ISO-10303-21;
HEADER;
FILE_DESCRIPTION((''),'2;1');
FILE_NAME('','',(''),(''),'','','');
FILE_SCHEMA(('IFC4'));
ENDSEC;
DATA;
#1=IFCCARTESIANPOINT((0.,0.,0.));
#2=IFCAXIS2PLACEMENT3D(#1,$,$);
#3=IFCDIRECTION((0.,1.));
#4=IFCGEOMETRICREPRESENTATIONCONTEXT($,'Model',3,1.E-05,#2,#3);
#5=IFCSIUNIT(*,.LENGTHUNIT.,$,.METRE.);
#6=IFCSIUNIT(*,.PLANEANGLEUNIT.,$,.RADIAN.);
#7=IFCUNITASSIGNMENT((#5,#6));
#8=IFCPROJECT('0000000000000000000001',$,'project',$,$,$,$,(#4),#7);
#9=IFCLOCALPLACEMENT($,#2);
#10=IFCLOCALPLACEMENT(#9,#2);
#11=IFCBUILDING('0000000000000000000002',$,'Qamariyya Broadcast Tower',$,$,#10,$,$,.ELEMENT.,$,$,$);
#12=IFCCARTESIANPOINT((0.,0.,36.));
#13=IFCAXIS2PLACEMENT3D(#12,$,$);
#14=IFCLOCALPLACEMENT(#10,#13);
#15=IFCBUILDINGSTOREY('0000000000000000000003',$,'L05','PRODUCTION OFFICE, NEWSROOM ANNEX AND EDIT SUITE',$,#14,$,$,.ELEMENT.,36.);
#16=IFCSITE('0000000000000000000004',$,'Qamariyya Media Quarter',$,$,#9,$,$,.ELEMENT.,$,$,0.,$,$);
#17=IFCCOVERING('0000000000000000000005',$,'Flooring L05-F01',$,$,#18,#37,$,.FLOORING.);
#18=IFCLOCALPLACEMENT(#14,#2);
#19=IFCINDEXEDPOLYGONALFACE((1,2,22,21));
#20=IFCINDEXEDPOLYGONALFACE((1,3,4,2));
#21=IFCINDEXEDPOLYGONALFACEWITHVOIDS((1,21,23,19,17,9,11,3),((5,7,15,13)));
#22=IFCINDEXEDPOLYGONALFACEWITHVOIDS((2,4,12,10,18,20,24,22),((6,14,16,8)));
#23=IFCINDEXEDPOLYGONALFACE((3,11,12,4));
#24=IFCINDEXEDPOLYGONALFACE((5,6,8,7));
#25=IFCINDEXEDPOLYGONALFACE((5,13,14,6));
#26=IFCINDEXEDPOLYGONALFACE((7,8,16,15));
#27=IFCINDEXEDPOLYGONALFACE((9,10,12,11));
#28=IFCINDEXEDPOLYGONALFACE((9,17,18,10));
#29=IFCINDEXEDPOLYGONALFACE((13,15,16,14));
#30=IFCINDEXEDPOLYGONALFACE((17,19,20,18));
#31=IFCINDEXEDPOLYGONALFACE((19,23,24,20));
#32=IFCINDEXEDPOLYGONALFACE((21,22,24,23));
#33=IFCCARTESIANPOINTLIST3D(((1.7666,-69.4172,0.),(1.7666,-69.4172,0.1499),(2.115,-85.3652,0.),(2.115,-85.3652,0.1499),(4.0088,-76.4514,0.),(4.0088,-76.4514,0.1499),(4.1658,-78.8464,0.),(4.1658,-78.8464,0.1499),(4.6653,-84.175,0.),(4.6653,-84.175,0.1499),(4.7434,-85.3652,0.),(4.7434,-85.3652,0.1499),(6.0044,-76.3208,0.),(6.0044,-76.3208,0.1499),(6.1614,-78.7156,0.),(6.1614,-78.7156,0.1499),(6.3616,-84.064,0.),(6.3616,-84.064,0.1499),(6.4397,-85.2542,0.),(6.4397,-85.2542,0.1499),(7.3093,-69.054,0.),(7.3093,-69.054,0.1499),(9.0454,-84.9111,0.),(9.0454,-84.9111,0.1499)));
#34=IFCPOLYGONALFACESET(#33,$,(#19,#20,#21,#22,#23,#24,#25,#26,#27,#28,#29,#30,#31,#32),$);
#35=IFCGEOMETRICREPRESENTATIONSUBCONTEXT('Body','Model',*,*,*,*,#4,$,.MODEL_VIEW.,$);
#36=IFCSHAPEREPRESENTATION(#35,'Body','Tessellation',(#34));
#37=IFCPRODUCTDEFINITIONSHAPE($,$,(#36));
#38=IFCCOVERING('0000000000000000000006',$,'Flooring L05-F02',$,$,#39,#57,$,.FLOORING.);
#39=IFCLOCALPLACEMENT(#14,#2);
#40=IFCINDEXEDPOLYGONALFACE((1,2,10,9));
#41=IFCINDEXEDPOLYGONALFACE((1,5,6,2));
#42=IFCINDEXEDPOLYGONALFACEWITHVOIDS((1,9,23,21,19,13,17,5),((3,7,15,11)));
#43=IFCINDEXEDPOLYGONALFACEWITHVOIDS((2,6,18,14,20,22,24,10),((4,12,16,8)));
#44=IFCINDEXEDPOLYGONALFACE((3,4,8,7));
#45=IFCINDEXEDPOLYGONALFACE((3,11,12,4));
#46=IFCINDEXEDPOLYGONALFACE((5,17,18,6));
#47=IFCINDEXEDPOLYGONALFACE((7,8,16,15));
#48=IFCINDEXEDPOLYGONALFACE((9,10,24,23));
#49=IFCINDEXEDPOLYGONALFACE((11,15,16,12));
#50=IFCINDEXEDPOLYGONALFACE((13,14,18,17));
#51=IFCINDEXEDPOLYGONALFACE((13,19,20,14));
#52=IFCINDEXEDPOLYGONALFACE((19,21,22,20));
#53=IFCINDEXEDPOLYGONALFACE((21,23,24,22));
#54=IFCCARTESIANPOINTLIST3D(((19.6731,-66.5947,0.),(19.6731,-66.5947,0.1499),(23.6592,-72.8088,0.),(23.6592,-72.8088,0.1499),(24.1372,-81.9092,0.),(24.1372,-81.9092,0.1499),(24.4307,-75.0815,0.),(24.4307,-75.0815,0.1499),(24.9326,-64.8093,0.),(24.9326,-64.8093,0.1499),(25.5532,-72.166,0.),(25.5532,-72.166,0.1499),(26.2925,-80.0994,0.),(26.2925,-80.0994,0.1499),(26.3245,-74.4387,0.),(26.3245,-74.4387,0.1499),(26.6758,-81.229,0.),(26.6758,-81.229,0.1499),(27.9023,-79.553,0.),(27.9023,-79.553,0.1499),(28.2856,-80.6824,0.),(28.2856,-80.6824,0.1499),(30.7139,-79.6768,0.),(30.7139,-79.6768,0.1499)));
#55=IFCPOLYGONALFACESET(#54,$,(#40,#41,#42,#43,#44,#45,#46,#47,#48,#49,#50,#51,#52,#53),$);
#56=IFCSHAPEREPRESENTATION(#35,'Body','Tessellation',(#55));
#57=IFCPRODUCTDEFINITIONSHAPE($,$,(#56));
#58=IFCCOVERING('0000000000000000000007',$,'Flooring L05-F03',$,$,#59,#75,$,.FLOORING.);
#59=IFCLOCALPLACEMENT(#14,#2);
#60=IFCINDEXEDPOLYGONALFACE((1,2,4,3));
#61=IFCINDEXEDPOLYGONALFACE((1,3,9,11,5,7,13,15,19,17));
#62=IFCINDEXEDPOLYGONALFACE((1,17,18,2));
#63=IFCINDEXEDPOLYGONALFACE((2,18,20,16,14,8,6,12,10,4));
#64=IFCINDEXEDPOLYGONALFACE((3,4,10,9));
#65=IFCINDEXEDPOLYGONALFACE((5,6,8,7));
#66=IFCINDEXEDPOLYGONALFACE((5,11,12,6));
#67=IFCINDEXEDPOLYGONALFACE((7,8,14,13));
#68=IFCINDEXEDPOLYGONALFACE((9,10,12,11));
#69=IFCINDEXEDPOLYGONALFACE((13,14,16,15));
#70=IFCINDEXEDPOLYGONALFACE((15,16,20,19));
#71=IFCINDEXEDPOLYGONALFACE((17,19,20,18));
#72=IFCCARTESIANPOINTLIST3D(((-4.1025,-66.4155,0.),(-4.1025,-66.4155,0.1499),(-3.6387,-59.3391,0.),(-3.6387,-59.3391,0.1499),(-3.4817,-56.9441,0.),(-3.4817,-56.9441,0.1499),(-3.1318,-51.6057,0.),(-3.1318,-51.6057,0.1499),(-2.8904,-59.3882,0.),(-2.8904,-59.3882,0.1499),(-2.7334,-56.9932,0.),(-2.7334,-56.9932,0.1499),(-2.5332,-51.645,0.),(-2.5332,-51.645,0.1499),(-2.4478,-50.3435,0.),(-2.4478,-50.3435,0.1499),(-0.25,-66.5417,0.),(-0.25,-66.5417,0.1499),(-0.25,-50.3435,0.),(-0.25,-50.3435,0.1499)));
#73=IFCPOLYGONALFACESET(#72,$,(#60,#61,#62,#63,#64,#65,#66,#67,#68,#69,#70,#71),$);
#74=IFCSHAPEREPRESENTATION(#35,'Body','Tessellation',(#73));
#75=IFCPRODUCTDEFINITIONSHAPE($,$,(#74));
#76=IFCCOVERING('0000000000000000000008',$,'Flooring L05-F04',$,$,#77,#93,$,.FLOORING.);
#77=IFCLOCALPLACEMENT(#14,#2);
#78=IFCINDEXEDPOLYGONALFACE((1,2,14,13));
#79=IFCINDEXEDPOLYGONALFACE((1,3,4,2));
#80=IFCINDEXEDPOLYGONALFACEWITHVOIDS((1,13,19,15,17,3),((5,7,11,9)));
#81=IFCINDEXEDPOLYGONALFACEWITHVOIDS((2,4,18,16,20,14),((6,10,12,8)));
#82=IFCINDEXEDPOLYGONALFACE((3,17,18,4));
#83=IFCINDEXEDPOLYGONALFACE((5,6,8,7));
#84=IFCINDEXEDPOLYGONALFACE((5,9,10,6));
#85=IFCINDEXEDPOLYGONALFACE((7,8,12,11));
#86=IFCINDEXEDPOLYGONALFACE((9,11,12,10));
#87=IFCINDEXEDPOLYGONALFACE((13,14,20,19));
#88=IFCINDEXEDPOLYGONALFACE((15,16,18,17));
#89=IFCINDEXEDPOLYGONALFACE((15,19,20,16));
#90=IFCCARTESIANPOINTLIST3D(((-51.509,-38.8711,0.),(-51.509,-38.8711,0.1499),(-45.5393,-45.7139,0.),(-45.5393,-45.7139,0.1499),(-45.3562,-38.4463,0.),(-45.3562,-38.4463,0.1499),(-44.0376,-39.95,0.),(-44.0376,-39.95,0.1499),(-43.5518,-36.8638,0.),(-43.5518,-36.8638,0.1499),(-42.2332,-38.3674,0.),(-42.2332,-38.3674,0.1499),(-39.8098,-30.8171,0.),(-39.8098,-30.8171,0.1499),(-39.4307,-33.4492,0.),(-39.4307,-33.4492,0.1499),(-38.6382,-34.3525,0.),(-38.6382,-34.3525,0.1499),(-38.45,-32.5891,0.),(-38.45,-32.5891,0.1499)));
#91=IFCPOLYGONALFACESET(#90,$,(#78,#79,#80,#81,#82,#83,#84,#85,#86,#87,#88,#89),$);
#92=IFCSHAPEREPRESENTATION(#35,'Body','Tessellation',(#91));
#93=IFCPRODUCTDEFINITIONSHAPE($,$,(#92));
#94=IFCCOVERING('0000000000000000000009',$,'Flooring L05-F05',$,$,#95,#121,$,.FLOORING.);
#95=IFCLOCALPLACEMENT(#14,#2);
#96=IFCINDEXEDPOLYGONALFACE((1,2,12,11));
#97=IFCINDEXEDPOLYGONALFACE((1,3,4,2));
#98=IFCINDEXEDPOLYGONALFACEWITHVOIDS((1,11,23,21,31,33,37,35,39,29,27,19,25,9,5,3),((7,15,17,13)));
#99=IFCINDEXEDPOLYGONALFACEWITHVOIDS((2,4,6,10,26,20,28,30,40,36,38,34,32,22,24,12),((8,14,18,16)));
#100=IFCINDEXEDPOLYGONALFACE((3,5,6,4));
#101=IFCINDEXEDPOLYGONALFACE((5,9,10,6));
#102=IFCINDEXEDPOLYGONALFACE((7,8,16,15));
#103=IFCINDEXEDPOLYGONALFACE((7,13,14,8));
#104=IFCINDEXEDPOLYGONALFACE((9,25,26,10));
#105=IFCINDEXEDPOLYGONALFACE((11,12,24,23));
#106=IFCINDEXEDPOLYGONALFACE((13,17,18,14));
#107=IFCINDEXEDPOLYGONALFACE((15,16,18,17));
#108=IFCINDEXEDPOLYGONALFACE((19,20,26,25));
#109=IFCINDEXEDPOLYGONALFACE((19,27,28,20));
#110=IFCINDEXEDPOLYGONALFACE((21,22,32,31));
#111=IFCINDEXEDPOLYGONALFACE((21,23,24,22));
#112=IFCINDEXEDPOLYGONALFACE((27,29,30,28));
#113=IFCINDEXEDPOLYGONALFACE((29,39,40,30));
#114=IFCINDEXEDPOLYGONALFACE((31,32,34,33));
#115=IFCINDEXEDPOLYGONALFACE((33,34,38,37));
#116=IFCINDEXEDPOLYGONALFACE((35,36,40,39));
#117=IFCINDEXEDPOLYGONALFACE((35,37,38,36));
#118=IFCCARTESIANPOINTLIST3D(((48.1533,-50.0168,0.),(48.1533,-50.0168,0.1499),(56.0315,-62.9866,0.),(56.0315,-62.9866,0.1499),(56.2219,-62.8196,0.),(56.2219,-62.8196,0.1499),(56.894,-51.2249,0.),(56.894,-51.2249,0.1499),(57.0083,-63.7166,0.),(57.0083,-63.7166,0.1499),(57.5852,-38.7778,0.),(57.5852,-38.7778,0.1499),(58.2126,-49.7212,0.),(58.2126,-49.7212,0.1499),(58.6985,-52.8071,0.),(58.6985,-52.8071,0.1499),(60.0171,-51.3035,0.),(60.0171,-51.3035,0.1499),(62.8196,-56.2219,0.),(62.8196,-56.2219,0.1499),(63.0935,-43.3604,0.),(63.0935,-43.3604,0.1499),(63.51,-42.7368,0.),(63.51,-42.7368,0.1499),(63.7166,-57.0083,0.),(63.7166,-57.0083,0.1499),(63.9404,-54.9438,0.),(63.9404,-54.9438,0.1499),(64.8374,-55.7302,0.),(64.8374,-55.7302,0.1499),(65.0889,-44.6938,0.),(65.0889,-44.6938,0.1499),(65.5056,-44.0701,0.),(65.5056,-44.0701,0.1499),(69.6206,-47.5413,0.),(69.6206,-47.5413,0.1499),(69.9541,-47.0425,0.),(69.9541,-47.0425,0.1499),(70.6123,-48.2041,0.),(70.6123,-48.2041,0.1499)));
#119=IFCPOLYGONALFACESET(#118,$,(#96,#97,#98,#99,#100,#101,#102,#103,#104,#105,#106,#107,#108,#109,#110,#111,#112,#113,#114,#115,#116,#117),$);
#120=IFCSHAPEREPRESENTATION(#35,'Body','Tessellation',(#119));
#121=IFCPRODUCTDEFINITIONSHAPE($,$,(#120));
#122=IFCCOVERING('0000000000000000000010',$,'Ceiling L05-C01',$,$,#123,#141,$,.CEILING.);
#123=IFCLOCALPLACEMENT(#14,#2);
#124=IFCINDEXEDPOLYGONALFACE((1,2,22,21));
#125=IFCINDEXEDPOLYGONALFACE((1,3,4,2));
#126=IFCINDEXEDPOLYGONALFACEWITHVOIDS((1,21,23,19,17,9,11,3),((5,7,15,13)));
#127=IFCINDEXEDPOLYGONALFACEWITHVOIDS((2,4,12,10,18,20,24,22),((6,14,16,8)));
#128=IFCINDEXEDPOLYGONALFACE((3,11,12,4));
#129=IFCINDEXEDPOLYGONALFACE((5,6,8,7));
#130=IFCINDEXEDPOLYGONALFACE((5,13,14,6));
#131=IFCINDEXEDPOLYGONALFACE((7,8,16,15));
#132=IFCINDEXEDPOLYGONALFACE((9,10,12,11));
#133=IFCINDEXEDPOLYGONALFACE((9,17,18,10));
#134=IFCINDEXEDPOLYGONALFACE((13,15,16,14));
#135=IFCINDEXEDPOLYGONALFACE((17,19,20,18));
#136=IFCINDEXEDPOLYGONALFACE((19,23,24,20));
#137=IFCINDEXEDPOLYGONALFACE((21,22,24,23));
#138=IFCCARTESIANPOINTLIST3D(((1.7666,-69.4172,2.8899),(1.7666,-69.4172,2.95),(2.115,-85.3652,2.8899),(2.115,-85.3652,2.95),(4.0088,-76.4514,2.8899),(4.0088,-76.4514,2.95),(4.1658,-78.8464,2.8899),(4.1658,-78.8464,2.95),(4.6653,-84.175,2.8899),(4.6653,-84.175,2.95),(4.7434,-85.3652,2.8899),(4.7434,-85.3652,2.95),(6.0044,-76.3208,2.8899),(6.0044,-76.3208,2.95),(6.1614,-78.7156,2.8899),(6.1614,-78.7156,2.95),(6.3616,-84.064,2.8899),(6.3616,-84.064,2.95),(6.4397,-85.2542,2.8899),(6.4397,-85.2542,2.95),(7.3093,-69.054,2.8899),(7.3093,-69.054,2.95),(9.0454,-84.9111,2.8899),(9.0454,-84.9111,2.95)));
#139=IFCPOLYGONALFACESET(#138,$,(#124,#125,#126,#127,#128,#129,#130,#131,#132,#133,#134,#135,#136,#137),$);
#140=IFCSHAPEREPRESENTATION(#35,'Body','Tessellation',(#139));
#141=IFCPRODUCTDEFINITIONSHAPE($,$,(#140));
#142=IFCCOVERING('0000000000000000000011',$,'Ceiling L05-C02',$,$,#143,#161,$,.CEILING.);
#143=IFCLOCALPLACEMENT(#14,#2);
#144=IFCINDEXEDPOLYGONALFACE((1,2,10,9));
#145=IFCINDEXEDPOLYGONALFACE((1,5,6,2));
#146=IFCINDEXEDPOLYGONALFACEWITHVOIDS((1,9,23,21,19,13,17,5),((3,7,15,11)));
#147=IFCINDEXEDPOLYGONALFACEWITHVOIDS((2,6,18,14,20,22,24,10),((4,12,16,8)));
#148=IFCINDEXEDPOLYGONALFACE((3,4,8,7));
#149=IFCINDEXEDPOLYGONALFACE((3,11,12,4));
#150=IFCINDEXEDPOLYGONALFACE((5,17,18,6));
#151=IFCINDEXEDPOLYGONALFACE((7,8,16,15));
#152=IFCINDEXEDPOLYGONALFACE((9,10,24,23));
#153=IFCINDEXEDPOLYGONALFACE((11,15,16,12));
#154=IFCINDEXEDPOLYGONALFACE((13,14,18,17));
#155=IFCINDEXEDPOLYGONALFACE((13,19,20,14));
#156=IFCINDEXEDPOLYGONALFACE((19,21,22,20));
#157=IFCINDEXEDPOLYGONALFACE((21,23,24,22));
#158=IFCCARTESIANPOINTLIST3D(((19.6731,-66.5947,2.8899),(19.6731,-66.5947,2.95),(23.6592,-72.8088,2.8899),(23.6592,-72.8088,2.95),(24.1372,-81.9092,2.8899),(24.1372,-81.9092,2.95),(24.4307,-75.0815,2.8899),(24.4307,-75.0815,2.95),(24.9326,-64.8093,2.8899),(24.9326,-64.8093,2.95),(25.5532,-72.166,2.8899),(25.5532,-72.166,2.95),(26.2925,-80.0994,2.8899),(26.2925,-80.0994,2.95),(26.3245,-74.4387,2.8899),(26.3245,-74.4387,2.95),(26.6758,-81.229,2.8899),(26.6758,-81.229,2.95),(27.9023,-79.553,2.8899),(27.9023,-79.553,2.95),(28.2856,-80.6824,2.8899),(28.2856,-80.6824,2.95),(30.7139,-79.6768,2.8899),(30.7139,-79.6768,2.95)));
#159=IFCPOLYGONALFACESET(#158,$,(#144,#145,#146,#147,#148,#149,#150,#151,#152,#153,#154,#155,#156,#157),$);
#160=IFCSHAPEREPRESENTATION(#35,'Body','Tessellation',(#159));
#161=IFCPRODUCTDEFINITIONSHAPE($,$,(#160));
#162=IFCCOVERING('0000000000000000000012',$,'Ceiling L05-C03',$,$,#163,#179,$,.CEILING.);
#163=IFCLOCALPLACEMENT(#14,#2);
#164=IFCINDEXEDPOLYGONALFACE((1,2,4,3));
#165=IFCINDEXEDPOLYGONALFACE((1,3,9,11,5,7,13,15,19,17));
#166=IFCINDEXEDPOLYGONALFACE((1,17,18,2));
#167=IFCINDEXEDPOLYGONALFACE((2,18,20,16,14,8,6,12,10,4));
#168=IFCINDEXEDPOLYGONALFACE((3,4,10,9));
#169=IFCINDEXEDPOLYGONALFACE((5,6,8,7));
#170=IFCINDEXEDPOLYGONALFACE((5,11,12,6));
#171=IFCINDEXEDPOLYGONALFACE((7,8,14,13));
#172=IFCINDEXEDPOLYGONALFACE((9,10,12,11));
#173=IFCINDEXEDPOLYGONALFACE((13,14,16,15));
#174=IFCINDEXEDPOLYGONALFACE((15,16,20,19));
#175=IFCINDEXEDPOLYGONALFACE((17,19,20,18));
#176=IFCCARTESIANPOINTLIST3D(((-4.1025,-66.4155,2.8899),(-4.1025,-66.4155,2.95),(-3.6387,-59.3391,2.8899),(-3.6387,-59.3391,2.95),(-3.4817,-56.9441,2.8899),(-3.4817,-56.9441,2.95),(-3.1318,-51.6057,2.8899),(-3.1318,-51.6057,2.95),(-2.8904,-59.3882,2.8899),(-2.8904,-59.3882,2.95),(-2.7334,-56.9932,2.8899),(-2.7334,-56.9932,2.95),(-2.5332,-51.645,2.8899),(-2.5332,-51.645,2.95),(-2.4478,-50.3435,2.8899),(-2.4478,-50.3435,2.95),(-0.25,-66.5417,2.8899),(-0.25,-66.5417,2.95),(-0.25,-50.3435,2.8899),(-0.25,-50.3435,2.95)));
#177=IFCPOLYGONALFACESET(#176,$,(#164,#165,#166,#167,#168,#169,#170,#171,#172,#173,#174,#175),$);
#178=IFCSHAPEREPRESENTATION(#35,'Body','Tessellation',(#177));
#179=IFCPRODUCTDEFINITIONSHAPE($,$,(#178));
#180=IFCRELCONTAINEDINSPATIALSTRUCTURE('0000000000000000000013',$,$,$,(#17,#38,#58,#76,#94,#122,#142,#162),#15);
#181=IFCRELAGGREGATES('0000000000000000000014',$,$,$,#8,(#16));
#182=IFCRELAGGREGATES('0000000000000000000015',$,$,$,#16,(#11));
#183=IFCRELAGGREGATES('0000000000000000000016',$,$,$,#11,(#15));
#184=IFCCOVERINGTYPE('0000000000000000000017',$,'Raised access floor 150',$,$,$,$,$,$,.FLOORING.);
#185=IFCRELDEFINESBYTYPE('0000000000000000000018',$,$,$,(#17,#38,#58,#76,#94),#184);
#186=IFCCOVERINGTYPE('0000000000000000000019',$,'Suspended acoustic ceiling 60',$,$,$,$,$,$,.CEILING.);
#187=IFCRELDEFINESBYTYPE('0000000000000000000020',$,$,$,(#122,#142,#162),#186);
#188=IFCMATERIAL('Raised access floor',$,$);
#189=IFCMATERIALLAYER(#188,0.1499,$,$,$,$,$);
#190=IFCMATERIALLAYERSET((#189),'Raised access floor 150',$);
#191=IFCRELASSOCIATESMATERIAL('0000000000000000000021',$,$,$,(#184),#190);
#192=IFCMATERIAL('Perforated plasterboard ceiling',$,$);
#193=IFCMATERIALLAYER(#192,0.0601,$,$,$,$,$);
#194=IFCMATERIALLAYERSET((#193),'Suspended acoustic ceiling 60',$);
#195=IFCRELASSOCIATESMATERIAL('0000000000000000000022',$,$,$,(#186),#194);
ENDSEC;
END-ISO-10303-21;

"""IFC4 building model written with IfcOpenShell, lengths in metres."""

from ifc_helpers import new_model, si_unit, direction, frame, origin, place, context, subcontext, project, spatial, polyline, outline, extrude, material, layer, layer_set, type_object, element, save


model = new_model("IFC4")

# Units and contexts
model_context = context("Model", 3, precision=1e-05, world=origin(), true_north=direction((0.0, 1.0)))
body_context = subcontext(model_context, "Body", "Model", "MODEL_VIEW")
ifc_project = project(units=[si_unit("LENGTHUNIT", "METRE"), si_unit("PLANEANGLEUNIT", "RADIAN")], contexts=[model_context])

# Site, building, storey
site_placement = place(None, origin())
site = spatial("IfcSite", under=ifc_project, at=site_placement, Name="Qamariyya Media Quarter", CompositionType="ELEMENT", RefElevation=0.0)
building_placement = place(site_placement, origin())
building = spatial("IfcBuilding", under=site, at=building_placement, Name="Qamariyya Broadcast Tower", CompositionType="ELEMENT")
storey_placement = place(building_placement, frame((0.0, 0.0, 36.0)))
storey = spatial("IfcBuildingStorey", under=building, at=storey_placement, Name="L05", Description="PRODUCTION OFFICE, NEWSROOM ANNEX AND EDIT SUITE", CompositionType="ELEMENT", Elevation=36.0)

# Coverings
ifc_material_1 = material(Name="Raised access floor")
ifc_layer_1 = layer(ifc_material_1, 0.1499)
ifc_layer_set_1 = layer_set([ifc_layer_1], Name="Raised access floor 150")
covering_type_1 = type_object("IfcCoveringType", Name="Raised access floor 150", PredefinedType="FLOORING", material=ifc_layer_set_1)
covering_1_placement = place(storey_placement, origin())
element("IfcCovering", 1, at=covering_1_placement, inside=storey, type_object=covering_type_1, Name="Flooring L05-F01", PredefinedType="FLOORING", context=body_context, shape_type="SweptSolid", body=[
    extrude(outline(polyline([(9.0454, -84.9111), (6.4397, -85.2542), (6.3616, -84.064), (4.6653, -84.175), (4.7434, -85.3652), (2.115, -85.3652), (1.7666, -69.4172), (7.3093, -69.054), (9.0454, -84.9111)]), holes=[polyline([(4.1658, -78.8464), (6.1614, -78.7156), (6.0044, -76.3208), (4.0088, -76.4514), (4.1658, -78.8464)])]), origin(), (0.0, 0.0, 1.0), 0.1499),
])
covering_2_placement = place(storey_placement, origin())
element("IfcCovering", 2, at=covering_2_placement, inside=storey, type_object=covering_type_1, Name="Flooring L05-F02", PredefinedType="FLOORING", context=body_context, shape_type="SweptSolid", body=[
    extrude(outline(polyline([(30.7139, -79.6768), (28.2856, -80.6824), (27.9023, -79.553), (26.2925, -80.0994), (26.6758, -81.229), (24.1372, -81.9092), (19.6731, -66.5947), (24.9326, -64.8093), (30.7139, -79.6768)]), holes=[polyline([(24.4307, -75.0815), (26.3245, -74.4387), (25.5532, -72.166), (23.6592, -72.8088), (24.4307, -75.0815)])]), origin(), (0.0, 0.0, 1.0), 0.1499),
])
covering_3_placement = place(storey_placement, origin())
element("IfcCovering", 3, at=covering_3_placement, inside=storey, type_object=covering_type_1, Name="Flooring L05-F03", PredefinedType="FLOORING", context=body_context, shape_type="SweptSolid", body=[
    extrude(outline(polyline([(-3.6387, -59.3391), (-2.8904, -59.3882), (-2.7334, -56.9932), (-3.4817, -56.9441), (-3.1318, -51.6057), (-2.5332, -51.645), (-2.4478, -50.3435), (-0.25, -50.3435), (-0.25, -66.5417), (-4.1025, -66.4155), (-3.6387, -59.3391)])), origin(), (0.0, 0.0, 1.0), 0.1499),
])
covering_4_placement = place(storey_placement, origin())
element("IfcCovering", 4, at=covering_4_placement, inside=storey, type_object=covering_type_1, Name="Flooring L05-F04", PredefinedType="FLOORING", context=body_context, shape_type="SweptSolid", body=[
    extrude(outline(polyline([(-51.509, -38.8711), (-39.8098, -30.8171), (-38.45, -32.5891), (-39.4307, -33.4492), (-38.6382, -34.3525), (-45.5393, -45.7139), (-51.509, -38.8711)]), holes=[polyline([(-43.5518, -36.8638), (-45.3562, -38.4463), (-44.0376, -39.95), (-42.2332, -38.3674), (-43.5518, -36.8638)])]), origin(), (0.0, 0.0, 1.0), 0.1499),
])
covering_5_placement = place(storey_placement, origin())
element("IfcCovering", 5, at=covering_5_placement, inside=storey, type_object=covering_type_1, Name="Flooring L05-F05", PredefinedType="FLOORING", context=body_context, shape_type="SweptSolid", body=[
    extrude(outline(polyline([(57.5852, -38.7778), (63.51, -42.7368), (63.0935, -43.3604), (65.0889, -44.6938), (65.5056, -44.0701), (69.9541, -47.0425), (69.6206, -47.5413), (70.6123, -48.2041), (64.8374, -55.7302), (63.9404, -54.9438), (62.8196, -56.2219), (63.7166, -57.0083), (57.0083, -63.7166), (56.2219, -62.8196), (56.0315, -62.9866), (48.1533, -50.0168), (57.5852, -38.7778)]), holes=[polyline([(58.6985, -52.8071), (60.0171, -51.3035), (58.2126, -49.7212), (56.894, -51.2249), (58.6985, -52.8071)])]), origin(), (0.0, 0.0, 1.0), 0.1499),
])
ifc_material_2 = material(Name="Perforated plasterboard ceiling")
ifc_layer_2 = layer(ifc_material_2, 0.0601)
ifc_layer_set_2 = layer_set([ifc_layer_2], Name="Suspended acoustic ceiling 60")
covering_type_2 = type_object("IfcCoveringType", Name="Suspended acoustic ceiling 60", PredefinedType="CEILING", material=ifc_layer_set_2)
covering_6_placement = place(storey_placement, frame((0.0, 0.0, 2.8899)))
element("IfcCovering", 6, at=covering_6_placement, inside=storey, type_object=covering_type_2, Name="Ceiling L05-C01", PredefinedType="CEILING", context=body_context, shape_type="SweptSolid", body=[
    extrude(outline(polyline([(9.0454, -84.9111), (6.4397, -85.2542), (6.3616, -84.064), (4.6653, -84.175), (4.7434, -85.3652), (2.115, -85.3652), (1.7666, -69.4172), (7.3093, -69.054), (9.0454, -84.9111)]), holes=[polyline([(4.1658, -78.8464), (6.1614, -78.7156), (6.0044, -76.3208), (4.0088, -76.4514), (4.1658, -78.8464)])]), origin(), (0.0, 0.0, 1.0), 0.0601),
])
covering_7_placement = place(storey_placement, frame((0.0, 0.0, 2.8899)))
element("IfcCovering", 7, at=covering_7_placement, inside=storey, type_object=covering_type_2, Name="Ceiling L05-C02", PredefinedType="CEILING", context=body_context, shape_type="SweptSolid", body=[
    extrude(outline(polyline([(30.7139, -79.6768), (28.2856, -80.6824), (27.9023, -79.553), (26.2925, -80.0994), (26.6758, -81.229), (24.1372, -81.9092), (19.6731, -66.5947), (24.9326, -64.8093), (30.7139, -79.6768)]), holes=[polyline([(24.4307, -75.0815), (26.3245, -74.4387), (25.5532, -72.166), (23.6592, -72.8088), (24.4307, -75.0815)])]), origin(), (0.0, 0.0, 1.0), 0.0601),
])
covering_8_placement = place(storey_placement, frame((0.0, 0.0, 2.8899)))
element("IfcCovering", 8, at=covering_8_placement, inside=storey, type_object=covering_type_2, Name="Ceiling L05-C03", PredefinedType="CEILING", context=body_context, shape_type="SweptSolid", body=[
    extrude(outline(polyline([(-3.6387, -59.3391), (-2.8904, -59.3882), (-2.7334, -56.9932), (-3.4817, -56.9441), (-3.1318, -51.6057), (-2.5332, -51.645), (-2.4478, -50.3435), (-0.25, -50.3435), (-0.25, -66.5417), (-4.1025, -66.4155), (-3.6387, -59.3391)])), origin(), (0.0, 0.0, 1.0), 0.0601),
])

save(model, "model.ifc")
